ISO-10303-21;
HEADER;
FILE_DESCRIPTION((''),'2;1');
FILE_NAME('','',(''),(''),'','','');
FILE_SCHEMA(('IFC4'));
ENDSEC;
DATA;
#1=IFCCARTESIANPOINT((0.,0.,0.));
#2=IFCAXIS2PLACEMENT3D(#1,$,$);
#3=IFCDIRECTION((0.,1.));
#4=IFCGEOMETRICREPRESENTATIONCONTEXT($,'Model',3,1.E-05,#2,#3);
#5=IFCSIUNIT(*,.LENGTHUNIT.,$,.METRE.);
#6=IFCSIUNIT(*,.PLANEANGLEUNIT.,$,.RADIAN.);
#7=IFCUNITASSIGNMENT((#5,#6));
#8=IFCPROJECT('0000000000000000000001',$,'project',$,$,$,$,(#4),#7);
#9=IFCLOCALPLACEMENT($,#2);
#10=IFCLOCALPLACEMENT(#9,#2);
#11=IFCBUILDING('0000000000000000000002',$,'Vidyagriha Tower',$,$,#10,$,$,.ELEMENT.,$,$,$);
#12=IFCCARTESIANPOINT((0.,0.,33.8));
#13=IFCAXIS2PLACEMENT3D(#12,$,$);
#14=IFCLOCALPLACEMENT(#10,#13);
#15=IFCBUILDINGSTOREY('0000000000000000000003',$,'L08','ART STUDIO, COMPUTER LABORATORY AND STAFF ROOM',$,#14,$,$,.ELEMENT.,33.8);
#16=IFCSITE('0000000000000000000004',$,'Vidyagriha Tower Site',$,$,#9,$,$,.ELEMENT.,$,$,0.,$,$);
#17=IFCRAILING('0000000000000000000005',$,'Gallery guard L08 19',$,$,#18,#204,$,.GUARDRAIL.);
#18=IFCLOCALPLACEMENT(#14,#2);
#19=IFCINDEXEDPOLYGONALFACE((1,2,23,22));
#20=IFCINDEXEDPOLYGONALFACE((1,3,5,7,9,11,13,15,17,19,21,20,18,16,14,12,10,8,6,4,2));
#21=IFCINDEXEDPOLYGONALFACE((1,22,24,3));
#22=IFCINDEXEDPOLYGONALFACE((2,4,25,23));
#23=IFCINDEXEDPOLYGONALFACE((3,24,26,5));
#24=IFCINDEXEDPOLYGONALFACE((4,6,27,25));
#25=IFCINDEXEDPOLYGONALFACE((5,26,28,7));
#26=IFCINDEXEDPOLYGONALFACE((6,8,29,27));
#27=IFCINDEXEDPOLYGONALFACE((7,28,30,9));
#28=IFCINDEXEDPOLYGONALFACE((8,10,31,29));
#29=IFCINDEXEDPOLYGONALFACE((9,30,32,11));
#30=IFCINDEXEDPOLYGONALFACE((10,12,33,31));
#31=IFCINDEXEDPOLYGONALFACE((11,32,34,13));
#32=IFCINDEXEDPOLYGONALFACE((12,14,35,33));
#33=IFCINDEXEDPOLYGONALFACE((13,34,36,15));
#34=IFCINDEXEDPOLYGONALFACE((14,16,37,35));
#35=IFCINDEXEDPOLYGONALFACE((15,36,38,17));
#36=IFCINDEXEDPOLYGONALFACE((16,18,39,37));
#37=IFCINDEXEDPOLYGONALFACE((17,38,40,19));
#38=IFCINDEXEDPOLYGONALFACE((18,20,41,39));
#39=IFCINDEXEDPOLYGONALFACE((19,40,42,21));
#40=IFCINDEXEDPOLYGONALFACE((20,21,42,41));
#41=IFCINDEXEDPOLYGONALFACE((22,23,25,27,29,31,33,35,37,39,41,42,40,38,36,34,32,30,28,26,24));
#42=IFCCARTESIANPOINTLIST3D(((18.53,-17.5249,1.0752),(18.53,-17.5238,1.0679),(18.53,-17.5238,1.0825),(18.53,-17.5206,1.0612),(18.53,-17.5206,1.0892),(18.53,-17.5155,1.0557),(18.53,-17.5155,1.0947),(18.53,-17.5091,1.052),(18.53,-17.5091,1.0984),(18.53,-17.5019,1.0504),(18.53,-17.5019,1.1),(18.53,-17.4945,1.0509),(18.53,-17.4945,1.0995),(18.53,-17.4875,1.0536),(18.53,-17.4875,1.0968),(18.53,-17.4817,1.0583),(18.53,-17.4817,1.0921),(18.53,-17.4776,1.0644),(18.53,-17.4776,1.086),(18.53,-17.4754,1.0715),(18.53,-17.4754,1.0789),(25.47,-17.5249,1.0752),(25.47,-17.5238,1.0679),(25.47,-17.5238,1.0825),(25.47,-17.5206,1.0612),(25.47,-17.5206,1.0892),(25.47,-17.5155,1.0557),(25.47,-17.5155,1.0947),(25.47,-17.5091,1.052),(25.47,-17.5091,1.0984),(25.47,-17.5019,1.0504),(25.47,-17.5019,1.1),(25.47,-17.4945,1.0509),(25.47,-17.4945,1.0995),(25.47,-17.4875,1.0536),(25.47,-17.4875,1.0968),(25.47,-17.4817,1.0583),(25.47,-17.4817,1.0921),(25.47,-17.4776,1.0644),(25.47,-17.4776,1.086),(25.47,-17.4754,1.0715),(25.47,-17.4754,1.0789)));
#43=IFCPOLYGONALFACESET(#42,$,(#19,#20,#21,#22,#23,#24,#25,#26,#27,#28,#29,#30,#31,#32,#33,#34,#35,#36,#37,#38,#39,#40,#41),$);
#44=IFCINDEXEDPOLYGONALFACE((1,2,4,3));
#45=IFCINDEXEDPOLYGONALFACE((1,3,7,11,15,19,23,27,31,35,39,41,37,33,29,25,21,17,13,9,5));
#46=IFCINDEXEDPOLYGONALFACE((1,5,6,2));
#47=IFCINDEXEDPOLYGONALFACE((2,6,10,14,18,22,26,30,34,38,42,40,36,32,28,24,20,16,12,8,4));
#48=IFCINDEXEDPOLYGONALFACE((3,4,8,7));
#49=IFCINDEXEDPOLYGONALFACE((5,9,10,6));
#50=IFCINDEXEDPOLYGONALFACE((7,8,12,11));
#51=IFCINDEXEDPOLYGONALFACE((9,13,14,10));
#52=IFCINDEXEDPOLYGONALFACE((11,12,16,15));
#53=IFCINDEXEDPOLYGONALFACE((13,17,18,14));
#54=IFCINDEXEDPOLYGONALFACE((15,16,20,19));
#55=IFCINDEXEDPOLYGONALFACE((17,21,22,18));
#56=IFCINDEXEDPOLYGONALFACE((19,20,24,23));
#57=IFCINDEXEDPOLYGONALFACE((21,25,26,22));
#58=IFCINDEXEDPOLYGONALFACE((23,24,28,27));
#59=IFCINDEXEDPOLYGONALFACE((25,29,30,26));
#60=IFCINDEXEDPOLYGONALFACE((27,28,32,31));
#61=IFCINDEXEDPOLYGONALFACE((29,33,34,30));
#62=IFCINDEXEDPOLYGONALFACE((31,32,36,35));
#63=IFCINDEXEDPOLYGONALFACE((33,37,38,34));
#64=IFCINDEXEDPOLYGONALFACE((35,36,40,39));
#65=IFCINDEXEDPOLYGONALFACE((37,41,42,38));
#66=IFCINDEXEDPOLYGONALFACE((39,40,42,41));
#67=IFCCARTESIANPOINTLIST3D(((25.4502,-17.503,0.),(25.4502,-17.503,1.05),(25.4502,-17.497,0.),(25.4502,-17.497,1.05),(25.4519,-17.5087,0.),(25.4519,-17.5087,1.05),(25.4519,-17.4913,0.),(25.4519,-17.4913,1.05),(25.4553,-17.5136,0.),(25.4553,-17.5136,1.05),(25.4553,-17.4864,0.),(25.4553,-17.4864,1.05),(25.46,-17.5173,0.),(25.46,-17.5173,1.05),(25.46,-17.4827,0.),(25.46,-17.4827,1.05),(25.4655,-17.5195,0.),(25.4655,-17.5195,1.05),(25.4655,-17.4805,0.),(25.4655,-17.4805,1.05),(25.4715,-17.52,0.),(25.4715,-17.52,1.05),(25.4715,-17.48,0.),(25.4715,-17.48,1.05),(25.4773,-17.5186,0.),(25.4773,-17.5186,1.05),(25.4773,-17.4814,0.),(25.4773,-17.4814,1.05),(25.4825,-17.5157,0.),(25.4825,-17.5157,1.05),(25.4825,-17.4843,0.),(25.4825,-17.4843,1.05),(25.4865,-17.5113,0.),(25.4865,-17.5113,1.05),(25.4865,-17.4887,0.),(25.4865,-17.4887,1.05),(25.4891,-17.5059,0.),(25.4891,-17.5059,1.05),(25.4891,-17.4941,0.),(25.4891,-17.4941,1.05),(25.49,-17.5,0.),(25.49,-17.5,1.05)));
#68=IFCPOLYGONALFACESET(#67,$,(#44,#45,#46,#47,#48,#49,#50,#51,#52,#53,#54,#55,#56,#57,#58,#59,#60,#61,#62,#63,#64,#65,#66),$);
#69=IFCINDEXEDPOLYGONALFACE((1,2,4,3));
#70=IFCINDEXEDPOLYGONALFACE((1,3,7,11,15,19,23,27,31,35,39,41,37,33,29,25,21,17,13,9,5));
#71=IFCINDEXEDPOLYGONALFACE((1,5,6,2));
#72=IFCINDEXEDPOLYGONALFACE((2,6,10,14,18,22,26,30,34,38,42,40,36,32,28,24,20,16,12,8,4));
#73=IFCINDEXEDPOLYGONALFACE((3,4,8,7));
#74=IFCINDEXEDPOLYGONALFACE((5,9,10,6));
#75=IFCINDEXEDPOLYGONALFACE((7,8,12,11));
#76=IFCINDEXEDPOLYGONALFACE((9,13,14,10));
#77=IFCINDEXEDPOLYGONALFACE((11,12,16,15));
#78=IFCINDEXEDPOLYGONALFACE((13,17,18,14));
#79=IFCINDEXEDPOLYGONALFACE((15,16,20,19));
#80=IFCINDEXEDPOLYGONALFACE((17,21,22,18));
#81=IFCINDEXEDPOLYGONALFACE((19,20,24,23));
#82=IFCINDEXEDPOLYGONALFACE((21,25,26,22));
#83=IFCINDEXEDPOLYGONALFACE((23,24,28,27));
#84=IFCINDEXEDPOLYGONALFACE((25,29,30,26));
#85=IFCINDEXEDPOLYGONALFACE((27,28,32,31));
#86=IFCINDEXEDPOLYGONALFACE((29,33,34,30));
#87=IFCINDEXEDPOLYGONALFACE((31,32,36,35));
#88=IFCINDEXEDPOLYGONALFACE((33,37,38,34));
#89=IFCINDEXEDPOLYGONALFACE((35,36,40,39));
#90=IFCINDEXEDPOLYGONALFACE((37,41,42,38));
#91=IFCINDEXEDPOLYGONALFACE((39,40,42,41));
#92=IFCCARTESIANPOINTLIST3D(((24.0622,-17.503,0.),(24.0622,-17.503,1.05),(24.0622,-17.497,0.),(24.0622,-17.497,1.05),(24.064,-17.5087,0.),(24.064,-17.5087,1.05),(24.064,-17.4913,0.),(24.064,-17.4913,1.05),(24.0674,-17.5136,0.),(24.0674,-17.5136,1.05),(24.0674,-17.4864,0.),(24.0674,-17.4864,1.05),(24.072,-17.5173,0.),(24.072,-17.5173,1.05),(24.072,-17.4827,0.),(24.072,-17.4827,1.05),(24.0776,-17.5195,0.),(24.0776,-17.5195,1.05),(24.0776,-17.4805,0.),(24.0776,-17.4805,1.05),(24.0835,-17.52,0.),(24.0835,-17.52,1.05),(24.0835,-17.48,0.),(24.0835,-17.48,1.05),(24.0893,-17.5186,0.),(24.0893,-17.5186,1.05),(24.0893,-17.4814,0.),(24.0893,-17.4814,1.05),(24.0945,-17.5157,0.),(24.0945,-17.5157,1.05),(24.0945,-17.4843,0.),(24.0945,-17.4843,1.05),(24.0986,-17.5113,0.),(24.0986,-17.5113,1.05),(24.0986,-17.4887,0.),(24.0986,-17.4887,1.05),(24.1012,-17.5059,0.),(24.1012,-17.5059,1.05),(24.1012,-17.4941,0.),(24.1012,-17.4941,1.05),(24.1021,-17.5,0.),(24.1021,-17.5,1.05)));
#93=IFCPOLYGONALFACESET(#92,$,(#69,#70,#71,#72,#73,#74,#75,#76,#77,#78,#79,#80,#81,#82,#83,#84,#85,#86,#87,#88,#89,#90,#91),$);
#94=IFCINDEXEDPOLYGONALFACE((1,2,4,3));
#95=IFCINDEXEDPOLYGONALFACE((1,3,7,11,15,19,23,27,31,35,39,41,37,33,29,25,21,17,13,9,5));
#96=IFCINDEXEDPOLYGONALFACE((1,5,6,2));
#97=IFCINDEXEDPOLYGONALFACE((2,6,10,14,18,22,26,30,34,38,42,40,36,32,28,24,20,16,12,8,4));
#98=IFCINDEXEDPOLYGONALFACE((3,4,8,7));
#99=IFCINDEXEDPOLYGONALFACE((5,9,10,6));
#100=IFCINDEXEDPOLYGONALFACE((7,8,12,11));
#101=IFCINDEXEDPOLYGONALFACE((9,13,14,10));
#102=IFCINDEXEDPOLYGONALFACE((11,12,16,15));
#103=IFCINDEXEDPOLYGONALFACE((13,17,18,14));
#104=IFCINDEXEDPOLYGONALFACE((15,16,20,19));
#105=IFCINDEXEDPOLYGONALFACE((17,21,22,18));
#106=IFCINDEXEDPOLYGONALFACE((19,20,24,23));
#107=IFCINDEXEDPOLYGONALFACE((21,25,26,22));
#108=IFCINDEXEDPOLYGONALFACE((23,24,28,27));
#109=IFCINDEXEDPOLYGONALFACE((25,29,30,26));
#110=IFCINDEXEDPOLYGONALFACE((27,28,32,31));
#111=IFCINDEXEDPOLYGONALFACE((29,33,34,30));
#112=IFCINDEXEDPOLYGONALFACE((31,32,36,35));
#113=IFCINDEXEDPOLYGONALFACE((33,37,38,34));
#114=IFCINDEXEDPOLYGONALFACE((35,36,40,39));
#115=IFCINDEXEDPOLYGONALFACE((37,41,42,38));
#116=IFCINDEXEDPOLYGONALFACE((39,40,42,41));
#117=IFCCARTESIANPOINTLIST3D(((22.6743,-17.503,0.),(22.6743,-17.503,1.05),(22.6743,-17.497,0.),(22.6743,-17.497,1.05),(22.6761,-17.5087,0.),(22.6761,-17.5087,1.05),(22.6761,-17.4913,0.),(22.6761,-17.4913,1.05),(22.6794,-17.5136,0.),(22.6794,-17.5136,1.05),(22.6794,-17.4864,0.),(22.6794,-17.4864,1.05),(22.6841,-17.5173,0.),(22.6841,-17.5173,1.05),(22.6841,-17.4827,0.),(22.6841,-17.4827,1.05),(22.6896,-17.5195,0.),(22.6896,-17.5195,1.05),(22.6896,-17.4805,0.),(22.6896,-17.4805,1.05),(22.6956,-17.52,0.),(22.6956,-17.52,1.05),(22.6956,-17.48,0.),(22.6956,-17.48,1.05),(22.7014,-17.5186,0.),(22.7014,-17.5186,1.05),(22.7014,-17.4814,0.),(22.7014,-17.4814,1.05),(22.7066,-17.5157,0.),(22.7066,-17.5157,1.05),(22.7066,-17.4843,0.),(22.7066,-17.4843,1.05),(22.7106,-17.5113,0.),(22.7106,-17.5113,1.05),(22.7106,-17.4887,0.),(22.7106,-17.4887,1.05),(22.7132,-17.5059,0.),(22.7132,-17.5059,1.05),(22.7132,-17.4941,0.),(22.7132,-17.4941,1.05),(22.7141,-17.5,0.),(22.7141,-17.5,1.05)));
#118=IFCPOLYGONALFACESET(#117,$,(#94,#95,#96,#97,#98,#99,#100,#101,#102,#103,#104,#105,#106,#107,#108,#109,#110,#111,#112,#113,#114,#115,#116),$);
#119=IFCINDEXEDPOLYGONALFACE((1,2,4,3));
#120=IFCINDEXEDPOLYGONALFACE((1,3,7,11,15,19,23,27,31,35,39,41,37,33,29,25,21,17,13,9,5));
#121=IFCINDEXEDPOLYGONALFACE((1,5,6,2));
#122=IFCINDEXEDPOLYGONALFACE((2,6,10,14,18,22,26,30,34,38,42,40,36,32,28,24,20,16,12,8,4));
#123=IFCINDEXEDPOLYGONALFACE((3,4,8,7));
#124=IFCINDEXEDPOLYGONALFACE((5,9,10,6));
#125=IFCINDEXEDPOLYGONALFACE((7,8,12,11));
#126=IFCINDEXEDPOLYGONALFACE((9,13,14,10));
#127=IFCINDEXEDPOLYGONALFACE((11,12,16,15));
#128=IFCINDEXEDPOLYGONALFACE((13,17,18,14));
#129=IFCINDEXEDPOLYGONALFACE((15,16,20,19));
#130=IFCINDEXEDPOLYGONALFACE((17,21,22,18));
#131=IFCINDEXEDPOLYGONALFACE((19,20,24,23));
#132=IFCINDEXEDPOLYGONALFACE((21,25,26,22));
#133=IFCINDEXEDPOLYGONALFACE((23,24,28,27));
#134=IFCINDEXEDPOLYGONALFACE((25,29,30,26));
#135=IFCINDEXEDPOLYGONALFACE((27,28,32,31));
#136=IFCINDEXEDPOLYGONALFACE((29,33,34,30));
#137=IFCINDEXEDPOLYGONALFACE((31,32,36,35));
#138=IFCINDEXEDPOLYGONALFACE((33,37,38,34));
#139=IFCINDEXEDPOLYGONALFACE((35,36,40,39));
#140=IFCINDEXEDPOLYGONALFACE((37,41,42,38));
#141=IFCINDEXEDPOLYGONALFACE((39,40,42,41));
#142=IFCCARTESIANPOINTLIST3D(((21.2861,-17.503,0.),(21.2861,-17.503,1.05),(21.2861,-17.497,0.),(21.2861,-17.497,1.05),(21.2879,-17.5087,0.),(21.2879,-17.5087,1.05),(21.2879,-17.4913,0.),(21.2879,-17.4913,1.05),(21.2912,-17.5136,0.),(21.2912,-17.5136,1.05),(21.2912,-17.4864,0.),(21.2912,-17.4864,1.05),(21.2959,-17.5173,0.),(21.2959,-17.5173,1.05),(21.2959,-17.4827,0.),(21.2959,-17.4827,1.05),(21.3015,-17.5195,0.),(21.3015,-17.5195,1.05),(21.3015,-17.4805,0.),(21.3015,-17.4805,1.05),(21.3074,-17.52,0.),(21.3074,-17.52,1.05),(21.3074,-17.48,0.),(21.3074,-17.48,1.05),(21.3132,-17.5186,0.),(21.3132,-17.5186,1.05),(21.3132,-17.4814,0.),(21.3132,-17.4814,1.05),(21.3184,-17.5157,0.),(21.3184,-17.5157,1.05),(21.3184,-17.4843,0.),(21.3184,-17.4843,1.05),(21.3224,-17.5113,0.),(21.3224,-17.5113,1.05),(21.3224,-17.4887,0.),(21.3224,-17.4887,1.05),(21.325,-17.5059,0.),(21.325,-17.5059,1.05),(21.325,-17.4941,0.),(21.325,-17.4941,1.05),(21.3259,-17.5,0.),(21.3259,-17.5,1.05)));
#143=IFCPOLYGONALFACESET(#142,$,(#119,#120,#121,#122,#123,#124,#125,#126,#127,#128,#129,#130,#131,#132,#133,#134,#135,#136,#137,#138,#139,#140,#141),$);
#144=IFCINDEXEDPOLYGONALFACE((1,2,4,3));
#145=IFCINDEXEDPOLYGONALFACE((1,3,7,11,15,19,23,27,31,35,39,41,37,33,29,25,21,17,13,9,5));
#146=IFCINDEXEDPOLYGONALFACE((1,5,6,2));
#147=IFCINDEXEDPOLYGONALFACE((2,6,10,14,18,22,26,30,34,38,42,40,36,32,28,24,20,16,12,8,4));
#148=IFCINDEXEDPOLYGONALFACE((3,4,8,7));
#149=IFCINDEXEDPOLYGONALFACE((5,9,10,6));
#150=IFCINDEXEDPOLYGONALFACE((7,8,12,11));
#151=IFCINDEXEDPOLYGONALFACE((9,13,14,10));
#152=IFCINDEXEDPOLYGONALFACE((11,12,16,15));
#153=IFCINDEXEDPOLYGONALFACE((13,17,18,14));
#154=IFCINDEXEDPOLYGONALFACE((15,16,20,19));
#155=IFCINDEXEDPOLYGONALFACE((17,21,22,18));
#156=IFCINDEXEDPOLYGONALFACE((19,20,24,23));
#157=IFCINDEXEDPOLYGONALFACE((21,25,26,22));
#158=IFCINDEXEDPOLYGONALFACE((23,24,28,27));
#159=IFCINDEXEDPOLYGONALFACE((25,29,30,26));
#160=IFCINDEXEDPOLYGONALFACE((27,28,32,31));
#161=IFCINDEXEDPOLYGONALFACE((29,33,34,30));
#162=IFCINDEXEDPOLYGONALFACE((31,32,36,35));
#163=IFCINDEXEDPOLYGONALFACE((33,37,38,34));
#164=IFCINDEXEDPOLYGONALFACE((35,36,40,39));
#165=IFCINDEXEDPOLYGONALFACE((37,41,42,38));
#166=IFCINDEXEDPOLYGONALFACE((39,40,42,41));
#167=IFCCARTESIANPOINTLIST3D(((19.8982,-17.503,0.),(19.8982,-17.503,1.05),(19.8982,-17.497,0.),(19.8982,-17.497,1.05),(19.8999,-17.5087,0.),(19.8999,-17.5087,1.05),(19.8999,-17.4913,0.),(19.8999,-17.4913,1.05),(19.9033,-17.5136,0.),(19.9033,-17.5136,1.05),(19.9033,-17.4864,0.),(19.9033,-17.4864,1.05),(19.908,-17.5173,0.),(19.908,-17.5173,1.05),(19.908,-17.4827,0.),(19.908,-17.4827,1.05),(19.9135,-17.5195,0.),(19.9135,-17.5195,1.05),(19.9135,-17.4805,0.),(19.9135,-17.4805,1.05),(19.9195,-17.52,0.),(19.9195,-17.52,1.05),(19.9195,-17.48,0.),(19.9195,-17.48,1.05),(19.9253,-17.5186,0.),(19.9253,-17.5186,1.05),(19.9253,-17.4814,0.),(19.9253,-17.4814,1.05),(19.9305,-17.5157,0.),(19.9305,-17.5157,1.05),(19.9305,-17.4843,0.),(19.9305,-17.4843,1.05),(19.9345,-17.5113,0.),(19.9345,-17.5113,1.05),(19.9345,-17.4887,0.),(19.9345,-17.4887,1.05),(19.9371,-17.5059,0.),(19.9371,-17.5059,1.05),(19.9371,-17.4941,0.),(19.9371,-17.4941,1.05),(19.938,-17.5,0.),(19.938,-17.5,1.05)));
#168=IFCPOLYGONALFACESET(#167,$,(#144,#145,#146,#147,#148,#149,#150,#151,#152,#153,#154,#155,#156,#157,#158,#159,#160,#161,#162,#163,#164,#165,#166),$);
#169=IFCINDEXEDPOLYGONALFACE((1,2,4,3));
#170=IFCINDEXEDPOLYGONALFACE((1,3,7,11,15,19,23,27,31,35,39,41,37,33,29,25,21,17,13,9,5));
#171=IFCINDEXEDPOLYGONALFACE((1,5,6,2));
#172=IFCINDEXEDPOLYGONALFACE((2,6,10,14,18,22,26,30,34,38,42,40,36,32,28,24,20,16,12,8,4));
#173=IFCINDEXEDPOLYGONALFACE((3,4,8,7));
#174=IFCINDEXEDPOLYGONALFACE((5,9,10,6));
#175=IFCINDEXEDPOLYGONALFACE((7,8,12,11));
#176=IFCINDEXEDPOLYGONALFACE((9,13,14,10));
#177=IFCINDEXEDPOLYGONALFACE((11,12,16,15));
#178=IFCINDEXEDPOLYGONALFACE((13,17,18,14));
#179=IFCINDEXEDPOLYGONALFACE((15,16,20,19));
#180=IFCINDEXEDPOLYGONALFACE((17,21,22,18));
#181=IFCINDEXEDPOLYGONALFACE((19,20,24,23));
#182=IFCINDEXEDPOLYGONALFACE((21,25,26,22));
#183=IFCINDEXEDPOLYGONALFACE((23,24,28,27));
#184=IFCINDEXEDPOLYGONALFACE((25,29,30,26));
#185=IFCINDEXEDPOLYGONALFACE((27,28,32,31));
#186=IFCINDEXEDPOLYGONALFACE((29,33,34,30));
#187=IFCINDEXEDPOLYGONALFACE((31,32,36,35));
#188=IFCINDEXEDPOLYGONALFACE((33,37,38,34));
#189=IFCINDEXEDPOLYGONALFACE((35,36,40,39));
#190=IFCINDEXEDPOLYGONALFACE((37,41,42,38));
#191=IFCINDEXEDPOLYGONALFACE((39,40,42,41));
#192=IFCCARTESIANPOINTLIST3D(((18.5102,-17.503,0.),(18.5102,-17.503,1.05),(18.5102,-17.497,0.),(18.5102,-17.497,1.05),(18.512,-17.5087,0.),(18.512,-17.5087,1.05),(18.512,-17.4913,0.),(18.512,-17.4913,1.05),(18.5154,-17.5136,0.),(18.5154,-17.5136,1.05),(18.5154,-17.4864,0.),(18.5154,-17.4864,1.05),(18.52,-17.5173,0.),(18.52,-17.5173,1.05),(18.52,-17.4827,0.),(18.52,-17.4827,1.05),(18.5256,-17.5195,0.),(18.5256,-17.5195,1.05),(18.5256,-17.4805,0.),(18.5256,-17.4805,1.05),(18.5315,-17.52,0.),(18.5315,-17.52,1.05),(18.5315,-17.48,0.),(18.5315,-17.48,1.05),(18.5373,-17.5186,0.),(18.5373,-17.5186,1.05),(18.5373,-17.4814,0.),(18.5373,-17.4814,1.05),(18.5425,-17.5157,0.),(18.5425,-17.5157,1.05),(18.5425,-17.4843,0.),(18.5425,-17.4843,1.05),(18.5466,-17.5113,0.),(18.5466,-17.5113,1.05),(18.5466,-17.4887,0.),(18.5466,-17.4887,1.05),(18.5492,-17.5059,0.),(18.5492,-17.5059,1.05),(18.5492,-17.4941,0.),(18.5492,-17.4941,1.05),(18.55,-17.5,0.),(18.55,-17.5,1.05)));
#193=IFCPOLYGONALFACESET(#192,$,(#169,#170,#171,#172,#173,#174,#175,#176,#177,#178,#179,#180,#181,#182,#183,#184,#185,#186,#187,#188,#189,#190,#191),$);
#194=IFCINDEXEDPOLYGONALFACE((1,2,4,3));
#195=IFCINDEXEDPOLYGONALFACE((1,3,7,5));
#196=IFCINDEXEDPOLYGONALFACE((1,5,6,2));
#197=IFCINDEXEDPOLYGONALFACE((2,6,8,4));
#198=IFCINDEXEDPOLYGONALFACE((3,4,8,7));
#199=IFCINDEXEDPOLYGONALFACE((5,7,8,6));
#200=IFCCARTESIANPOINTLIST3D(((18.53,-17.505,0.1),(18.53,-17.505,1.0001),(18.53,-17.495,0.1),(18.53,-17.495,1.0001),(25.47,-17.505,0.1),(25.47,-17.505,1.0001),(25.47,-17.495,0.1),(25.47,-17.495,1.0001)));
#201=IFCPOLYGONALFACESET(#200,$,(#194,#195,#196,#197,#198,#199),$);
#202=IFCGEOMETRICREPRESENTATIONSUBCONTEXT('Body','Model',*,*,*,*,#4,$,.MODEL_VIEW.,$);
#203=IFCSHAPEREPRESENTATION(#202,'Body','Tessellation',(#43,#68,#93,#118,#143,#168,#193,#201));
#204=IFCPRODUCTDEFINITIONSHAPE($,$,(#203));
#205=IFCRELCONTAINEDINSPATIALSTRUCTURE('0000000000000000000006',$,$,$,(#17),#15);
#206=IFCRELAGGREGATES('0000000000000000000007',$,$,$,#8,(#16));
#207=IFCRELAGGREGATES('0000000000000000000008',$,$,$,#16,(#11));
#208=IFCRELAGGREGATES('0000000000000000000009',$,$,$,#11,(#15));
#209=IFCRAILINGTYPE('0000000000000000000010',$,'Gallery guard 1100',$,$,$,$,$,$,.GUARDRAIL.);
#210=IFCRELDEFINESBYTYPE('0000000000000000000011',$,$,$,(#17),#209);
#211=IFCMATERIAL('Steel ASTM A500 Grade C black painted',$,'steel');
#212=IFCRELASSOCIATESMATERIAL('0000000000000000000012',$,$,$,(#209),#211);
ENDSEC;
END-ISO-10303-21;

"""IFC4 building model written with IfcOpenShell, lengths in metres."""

from ifc_helpers import new_model, si_unit, direction, frame, origin, origin_2d, place, context, subcontext, project, spatial, rectangle, circle, extrude, material, type_object, element, save


model = new_model("IFC4")

# Units and contexts
model_context = context("Model", 3, precision=1e-05, world=origin(), true_north=direction((0.0, 1.0)))
body_context = subcontext(model_context, "Body", "Model", "MODEL_VIEW")
ifc_project = project(units=[si_unit("LENGTHUNIT", "METRE"), si_unit("PLANEANGLEUNIT", "RADIAN")], contexts=[model_context])

# Site, building, storey
site_placement = place(None, origin())
site = spatial("IfcSite", under=ifc_project, at=site_placement, Name="Vidyagriha Tower Site", CompositionType="ELEMENT", RefElevation=0.0)
building_placement = place(site_placement, origin())
building = spatial("IfcBuilding", under=site, at=building_placement, Name="Vidyagriha Tower", CompositionType="ELEMENT")
storey_placement = place(building_placement, frame((0.0, 0.0, 33.8)))
storey = spatial("IfcBuildingStorey", under=building, at=storey_placement, Name="L08", Description="ART STUDIO, COMPUTER LABORATORY AND STAFF ROOM", CompositionType="ELEMENT", Elevation=33.8)

# Railing
ifc_material_1 = material(Name="Steel ASTM A500 Grade C black painted", Category="steel")
railing_type = type_object("IfcRailingType", Name="Gallery guard 1100", PredefinedType="GUARDRAIL", material=ifc_material_1)
for number, where, name in (
    (1, (25.47, -17.5, 0.0), "Gallery guard L08 19"),
):
    element("IfcRailing", number, at=place(storey_placement, frame(where)), inside=storey, type_object=railing_type, Name=name, PredefinedType="GUARDRAIL", context=body_context, shape_type="SweptSolid", body=[
        extrude(circle(Radius=0.0249, at=origin_2d()), frame((0.0, 0.0, 1.0752), z_axis=(-1.0, 0.0, 0.0), x_axis=(0.0, -1.0, 0.0)), (0.0, 0.0, 1.0), 6.9399),
        extrude(circle(Radius=0.02, at=origin_2d()), origin(), (0.0, 0.0, 1.0), 1.05),
        extrude(circle(Radius=0.02, at=origin_2d()), frame((-1.3879, 0.0, 0.0)), (0.0, 0.0, 1.0), 1.05),
        extrude(circle(Radius=0.02, at=origin_2d()), frame((-2.7759, 0.0, 0.0)), (0.0, 0.0, 1.0), 1.05),
        extrude(circle(Radius=0.02, at=origin_2d()), frame((-4.1641, 0.0, 0.0)), (0.0, 0.0, 1.0), 1.05),
        extrude(circle(Radius=0.02, at=origin_2d()), frame((-5.552, 0.0, 0.0)), (0.0, 0.0, 1.0), 1.05),
        extrude(circle(Radius=0.02, at=origin_2d()), frame((-6.9399, 0.0, 0.0)), (0.0, 0.0, 1.0), 1.05),
        extrude(rectangle(XDim=0.01, YDim=0.9001, at=origin_2d()), frame((0.0, 0.0, 0.55), z_axis=(-1.0, 0.0, 0.0), x_axis=(0.0, -1.0, 0.0)), (0.0, 0.0, 1.0), 6.9399),
    ])

save(model, "model.ifc")
